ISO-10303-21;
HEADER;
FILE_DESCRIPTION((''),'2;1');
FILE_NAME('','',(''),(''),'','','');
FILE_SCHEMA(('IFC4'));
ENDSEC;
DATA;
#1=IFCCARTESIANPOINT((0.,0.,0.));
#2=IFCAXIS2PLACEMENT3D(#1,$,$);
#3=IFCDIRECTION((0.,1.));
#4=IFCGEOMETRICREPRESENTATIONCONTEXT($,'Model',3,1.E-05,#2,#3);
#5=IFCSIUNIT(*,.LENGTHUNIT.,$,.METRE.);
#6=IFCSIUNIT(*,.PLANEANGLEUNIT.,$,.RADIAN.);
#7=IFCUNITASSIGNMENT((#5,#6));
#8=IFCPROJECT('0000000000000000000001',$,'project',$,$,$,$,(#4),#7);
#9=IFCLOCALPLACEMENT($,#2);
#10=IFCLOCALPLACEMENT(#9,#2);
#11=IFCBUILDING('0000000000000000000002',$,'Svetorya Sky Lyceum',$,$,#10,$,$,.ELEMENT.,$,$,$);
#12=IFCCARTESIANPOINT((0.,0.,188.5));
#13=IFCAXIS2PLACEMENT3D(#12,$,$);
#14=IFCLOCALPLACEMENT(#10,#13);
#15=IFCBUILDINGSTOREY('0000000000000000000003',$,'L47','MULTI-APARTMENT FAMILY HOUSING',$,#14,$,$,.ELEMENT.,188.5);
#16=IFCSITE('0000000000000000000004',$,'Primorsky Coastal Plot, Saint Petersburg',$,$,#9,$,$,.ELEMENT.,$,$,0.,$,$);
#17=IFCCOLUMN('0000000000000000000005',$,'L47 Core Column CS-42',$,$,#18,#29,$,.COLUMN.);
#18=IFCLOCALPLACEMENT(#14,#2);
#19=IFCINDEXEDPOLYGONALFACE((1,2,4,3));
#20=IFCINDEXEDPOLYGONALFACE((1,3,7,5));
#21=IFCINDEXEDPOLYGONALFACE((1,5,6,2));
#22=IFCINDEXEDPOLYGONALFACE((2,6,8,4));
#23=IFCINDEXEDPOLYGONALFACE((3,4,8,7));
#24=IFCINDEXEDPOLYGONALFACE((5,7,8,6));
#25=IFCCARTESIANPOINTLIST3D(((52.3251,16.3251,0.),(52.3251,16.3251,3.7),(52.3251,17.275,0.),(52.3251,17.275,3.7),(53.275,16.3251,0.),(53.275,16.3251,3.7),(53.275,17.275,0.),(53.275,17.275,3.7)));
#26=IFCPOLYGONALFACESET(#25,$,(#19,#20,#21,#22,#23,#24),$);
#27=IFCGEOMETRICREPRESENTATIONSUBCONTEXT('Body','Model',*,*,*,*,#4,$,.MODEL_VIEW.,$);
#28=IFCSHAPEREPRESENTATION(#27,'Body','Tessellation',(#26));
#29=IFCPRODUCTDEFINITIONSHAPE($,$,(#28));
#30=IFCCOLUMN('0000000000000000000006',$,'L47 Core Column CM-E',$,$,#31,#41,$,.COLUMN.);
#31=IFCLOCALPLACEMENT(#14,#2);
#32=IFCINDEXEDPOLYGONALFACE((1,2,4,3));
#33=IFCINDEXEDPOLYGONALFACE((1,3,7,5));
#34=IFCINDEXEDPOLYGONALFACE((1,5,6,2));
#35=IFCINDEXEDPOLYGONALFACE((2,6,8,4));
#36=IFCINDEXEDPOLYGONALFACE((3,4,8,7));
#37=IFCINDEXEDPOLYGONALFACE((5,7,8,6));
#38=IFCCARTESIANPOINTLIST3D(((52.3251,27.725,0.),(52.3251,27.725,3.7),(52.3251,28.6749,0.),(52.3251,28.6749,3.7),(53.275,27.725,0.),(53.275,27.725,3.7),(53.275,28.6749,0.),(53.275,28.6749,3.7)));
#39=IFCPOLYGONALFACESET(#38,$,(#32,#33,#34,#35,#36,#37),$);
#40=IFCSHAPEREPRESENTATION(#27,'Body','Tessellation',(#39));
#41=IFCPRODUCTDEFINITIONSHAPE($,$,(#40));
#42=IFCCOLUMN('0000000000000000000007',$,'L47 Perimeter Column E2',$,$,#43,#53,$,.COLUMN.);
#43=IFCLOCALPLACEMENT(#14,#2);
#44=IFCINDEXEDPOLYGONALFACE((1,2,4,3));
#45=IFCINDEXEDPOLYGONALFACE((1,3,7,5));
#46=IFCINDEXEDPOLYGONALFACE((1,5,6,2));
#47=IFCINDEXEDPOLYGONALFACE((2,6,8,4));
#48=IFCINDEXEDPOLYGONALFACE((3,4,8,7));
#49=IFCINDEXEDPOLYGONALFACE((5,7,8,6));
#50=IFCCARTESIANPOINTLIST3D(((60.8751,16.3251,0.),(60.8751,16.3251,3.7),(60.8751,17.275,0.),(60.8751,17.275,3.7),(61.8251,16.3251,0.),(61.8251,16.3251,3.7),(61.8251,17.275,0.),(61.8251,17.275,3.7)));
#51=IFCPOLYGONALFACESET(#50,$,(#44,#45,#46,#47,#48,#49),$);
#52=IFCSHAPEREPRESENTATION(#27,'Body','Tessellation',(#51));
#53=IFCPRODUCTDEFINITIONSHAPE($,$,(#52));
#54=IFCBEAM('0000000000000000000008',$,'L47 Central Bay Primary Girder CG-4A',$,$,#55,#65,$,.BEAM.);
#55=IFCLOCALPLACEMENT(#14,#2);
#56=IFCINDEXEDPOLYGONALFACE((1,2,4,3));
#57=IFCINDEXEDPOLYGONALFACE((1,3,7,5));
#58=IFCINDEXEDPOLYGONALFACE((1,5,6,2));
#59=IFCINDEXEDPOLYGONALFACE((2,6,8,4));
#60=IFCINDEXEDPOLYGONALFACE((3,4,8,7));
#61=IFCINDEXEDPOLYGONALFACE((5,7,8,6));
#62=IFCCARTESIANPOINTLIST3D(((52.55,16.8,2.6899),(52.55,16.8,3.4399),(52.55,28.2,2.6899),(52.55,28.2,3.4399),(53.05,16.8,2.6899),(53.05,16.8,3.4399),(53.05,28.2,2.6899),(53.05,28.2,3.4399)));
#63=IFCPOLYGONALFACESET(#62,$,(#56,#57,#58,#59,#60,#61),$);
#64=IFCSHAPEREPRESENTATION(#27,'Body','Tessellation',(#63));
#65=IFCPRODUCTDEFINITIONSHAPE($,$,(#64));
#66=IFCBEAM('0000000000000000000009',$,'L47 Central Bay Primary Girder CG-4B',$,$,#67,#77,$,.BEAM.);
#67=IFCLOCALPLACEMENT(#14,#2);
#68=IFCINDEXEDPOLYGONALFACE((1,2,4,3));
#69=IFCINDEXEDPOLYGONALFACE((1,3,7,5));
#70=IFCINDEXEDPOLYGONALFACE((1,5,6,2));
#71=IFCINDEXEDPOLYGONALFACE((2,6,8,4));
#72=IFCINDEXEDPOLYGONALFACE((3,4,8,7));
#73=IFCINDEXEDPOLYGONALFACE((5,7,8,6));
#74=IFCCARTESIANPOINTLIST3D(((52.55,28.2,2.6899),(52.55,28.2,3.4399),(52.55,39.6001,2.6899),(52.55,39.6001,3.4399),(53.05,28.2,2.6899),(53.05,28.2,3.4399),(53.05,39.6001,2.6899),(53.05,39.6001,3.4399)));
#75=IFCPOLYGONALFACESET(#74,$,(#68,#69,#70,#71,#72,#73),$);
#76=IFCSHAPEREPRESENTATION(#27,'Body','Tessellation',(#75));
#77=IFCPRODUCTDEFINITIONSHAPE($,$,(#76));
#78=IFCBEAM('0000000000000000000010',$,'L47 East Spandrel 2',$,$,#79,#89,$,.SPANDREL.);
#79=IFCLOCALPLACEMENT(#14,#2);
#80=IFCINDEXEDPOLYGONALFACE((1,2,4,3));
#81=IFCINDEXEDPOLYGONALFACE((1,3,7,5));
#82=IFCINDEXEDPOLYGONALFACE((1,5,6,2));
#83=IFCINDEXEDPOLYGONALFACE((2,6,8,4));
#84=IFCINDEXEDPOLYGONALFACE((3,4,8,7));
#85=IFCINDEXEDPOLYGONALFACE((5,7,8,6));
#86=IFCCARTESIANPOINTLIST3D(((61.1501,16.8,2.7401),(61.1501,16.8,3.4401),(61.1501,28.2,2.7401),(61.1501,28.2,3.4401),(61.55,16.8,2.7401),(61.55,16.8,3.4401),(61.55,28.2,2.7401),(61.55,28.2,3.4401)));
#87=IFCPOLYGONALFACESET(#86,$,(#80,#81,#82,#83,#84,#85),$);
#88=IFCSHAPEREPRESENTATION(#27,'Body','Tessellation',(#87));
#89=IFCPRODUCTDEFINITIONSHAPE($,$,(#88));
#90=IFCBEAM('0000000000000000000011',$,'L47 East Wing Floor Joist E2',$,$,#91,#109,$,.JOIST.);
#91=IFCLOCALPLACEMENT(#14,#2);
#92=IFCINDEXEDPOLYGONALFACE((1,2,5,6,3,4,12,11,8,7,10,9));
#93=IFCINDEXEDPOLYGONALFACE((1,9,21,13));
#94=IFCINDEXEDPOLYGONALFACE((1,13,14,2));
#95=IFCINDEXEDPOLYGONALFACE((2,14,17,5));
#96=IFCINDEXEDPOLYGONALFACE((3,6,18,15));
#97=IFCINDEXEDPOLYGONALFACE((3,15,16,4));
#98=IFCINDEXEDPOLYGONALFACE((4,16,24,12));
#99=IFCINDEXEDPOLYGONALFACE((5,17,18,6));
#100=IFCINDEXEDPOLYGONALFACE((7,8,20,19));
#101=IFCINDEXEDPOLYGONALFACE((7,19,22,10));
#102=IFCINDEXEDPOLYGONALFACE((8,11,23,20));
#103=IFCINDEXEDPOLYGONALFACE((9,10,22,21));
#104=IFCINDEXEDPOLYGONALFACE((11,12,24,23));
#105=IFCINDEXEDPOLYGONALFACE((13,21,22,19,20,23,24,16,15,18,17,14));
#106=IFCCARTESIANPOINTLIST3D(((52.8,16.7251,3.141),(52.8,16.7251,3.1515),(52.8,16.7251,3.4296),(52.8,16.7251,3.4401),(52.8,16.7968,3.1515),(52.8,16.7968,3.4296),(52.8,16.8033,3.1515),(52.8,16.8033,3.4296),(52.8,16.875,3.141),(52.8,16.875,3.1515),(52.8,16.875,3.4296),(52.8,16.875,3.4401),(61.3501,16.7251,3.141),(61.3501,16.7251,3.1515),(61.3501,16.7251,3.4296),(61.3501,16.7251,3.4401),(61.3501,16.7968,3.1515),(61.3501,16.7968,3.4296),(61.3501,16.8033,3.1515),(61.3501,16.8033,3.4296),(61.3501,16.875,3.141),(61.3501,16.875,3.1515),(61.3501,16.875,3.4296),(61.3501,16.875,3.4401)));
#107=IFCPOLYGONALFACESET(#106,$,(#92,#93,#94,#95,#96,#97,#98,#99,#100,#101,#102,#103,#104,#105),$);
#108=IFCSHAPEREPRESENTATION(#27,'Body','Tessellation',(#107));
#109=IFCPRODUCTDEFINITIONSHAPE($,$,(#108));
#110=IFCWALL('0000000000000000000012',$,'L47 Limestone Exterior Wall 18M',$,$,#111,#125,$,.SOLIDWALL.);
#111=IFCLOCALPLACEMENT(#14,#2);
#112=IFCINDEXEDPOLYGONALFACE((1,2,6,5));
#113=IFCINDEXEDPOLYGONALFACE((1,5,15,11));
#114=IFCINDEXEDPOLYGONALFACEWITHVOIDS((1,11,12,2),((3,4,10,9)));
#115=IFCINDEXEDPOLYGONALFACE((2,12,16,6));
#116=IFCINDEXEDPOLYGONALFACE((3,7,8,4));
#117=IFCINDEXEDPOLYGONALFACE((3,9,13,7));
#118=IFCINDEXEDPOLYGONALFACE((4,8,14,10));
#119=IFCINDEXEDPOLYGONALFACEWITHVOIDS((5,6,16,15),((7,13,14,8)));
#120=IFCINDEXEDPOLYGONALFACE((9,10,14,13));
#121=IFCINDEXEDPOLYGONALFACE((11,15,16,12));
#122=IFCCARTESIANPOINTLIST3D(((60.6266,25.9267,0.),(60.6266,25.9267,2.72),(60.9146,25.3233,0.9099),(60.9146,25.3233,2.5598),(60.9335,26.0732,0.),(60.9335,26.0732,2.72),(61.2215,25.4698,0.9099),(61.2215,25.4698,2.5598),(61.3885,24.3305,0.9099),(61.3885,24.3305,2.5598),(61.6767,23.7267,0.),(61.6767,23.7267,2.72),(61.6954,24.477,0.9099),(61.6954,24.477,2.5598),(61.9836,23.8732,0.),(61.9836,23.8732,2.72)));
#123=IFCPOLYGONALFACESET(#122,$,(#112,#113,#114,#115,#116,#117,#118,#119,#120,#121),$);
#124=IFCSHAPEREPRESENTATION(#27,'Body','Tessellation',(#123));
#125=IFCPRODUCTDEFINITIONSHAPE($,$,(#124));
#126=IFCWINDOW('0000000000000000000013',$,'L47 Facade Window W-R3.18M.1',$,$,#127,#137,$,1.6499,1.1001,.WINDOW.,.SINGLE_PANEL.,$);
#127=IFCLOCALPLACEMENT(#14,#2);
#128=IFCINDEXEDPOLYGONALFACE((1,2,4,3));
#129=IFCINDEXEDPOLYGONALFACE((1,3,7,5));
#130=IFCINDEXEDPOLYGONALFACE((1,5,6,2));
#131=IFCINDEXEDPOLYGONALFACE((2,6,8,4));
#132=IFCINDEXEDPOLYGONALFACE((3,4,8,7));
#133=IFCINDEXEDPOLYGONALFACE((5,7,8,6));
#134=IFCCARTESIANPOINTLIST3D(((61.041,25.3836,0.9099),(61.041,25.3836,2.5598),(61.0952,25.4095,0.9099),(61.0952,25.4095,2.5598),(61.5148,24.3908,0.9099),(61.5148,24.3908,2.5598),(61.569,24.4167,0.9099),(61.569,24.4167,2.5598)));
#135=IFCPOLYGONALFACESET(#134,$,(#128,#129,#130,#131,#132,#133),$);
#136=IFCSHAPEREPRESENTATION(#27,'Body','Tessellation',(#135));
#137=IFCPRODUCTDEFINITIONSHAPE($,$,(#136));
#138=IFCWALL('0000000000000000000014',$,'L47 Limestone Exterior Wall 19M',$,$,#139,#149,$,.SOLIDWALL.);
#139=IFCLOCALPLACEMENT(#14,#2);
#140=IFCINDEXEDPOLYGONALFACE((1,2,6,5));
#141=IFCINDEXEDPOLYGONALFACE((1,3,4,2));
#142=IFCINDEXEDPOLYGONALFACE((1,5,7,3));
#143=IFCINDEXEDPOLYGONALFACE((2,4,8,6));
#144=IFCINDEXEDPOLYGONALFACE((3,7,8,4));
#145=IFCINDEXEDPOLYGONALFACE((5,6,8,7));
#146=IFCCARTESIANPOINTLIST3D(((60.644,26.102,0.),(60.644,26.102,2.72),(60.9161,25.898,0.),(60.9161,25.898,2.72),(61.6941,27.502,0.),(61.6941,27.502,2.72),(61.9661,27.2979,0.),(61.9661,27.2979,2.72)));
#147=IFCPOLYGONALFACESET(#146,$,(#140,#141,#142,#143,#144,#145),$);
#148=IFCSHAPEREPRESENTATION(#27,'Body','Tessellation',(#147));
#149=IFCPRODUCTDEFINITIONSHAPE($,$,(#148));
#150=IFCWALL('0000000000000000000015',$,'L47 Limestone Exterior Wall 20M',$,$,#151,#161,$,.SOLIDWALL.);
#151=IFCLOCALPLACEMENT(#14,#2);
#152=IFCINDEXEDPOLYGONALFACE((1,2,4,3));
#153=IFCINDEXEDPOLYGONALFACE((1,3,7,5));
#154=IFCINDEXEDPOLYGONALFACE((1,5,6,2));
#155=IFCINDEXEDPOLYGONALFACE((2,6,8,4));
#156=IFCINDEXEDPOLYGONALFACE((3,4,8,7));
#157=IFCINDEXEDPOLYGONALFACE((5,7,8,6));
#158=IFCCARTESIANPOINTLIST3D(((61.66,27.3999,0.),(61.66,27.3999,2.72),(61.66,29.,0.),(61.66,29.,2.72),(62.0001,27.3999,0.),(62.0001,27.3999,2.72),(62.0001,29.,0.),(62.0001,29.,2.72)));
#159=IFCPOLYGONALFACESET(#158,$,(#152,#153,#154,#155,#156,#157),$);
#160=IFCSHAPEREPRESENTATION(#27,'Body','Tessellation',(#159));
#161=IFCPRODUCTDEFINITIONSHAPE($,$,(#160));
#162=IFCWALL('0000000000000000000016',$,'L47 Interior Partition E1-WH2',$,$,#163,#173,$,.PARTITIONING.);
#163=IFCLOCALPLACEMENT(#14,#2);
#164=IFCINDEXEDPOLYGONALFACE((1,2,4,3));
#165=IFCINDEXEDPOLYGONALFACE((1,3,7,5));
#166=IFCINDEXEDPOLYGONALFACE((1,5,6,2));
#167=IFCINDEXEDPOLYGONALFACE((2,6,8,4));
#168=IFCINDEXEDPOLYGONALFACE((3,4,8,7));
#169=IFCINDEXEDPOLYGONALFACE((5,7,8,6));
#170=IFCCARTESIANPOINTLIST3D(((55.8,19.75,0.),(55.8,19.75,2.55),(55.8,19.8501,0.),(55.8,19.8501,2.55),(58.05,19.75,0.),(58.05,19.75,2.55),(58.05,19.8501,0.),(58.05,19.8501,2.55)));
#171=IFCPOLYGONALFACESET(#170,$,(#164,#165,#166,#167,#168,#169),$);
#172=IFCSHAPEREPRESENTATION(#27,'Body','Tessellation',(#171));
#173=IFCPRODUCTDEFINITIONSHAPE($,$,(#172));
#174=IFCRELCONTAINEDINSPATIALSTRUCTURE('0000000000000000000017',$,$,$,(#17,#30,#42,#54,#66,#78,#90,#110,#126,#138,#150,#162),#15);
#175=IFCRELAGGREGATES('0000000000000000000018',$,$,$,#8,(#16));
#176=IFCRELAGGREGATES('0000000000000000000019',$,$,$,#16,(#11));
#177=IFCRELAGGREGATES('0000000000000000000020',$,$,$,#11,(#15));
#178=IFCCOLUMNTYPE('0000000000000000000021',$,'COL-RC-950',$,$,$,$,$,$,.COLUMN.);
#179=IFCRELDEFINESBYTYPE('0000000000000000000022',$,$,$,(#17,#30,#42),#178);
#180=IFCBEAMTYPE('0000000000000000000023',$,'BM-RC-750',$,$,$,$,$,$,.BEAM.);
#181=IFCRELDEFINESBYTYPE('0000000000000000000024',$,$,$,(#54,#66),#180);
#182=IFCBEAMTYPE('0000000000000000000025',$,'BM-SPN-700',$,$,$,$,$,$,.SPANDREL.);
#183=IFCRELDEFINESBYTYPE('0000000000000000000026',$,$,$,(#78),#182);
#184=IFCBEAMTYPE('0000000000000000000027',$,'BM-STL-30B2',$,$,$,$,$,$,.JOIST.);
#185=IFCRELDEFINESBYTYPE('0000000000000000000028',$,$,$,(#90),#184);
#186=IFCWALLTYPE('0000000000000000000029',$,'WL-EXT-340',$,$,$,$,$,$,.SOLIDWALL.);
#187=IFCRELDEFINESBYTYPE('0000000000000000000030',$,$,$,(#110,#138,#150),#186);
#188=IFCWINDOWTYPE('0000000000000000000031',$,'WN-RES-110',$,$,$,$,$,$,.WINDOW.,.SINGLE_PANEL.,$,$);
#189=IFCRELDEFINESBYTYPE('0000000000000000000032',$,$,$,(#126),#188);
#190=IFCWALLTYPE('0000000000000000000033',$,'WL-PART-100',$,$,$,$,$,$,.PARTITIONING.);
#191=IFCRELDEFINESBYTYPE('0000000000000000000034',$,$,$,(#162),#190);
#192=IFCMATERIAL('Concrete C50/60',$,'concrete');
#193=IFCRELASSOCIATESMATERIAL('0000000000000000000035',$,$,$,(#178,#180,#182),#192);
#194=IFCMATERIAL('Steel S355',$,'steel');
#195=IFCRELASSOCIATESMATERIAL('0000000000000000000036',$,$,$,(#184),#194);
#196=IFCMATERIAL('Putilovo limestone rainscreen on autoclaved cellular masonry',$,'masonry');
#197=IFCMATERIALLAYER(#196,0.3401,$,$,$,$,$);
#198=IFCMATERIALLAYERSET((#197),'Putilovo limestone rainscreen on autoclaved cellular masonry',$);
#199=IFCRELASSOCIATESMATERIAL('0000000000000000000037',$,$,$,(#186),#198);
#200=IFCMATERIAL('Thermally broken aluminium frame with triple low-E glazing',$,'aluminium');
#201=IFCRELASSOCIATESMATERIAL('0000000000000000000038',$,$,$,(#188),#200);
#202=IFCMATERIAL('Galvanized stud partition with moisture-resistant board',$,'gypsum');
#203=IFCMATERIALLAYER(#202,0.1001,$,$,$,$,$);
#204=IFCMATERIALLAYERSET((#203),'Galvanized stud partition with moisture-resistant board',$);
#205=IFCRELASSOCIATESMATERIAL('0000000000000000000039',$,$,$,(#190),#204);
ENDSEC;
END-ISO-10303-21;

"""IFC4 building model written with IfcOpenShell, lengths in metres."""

from ifc_helpers import new_model, si_unit, direction, frame, frame_2d, origin, origin_2d, place, context, subcontext, project, spatial, rectangle, i_section, extrude, material, layer, layer_set, material_profile, profile_set, type_object, element, fill, save


model = new_model("IFC4")

# Units and contexts
model_context = context("Model", 3, precision=1e-05, world=origin(), true_north=direction((0.0, 1.0)))
body_context = subcontext(model_context, "Body", "Model", "MODEL_VIEW")
ifc_project = project(units=[si_unit("LENGTHUNIT", "METRE"), si_unit("PLANEANGLEUNIT", "RADIAN")], contexts=[model_context])

# Site, building, storey
site_placement = place(None, origin())
site = spatial("IfcSite", under=ifc_project, at=site_placement, Name="Primorsky Coastal Plot, Saint Petersburg", CompositionType="ELEMENT", RefElevation=0.0)
building_placement = place(site_placement, origin())
building = spatial("IfcBuilding", under=site, at=building_placement, Name="Svetorya Sky Lyceum", CompositionType="ELEMENT")
storey_placement = place(building_placement, frame((0.0, 0.0, 188.5)))
storey = spatial("IfcBuildingStorey", under=building, at=storey_placement, Name="L47", Description="MULTI-APARTMENT FAMILY HOUSING", CompositionType="ELEMENT", Elevation=188.5)

# Columns
ifc_material_1 = material(Name="Concrete C50/60", Category="concrete")
ifc_material_profile_1 = material_profile(ifc_material_1, rectangle(XDim=0.95, YDim=0.95, at=origin_2d()), Name="RC COL 950x950")
ifc_profile_set_1 = profile_set([ifc_material_profile_1], Name="Concrete C50/60")
column_type = type_object("IfcColumnType", Name="COL-RC-950", PredefinedType="COLUMN", material=ifc_profile_set_1)
for number, where, z_axis, x_axis, name in (
    (1, (52.8, 16.8, 0.0), (0.0, 0.0, 1.0), (1.0, 0.0, 0.0), "L47 Core Column CS-42"),
    (2, (52.8, 28.2, 0.0), (0.0, 0.0, 1.0), (1.0, 0.0, 0.0), "L47 Core Column CM-E"),
    (3, (61.3501, 16.8, 0.0), (0.0, 0.0, 1.0), (1.0, 0.0, 0.0), "L47 Perimeter Column E2"),
):
    element("IfcColumn", number, at=place(storey_placement, frame(where, z_axis=z_axis, x_axis=x_axis)), inside=storey, type_object=column_type, Name=name, PredefinedType="COLUMN", context=body_context, shape_type="SweptSolid", body=[
        extrude(rectangle(XDim=0.95, YDim=0.95, at=origin_2d()), origin(), (0.0, 0.0, 1.0), 3.7),
    ])

# Beams
ifc_material_profile_2 = material_profile(ifc_material_1, rectangle(XDim=0.5, YDim=0.75, at=origin_2d()), Name="RC BEAM 500x750")
ifc_profile_set_2 = profile_set([ifc_material_profile_2], Name="Concrete C50/60")
beam_type_1 = type_object("IfcBeamType", Name="BM-RC-750", PredefinedType="BEAM", material=ifc_profile_set_2)
beam_1_placement = place(storey_placement, frame((52.8, 16.8, 3.0649), z_axis=(0.0, 1.0, 0.0), x_axis=(-1.0, 0.0, 0.0)))
element("IfcBeam", 4, at=beam_1_placement, inside=storey, type_object=beam_type_1, Name="L47 Central Bay Primary Girder CG-4A", PredefinedType="BEAM", context=body_context, shape_type="SweptSolid", body=[
    extrude(rectangle(XDim=0.5, YDim=0.75, at=origin_2d()), origin(), (0.0, 0.0, 1.0), 11.3999),
])
beam_2_placement = place(storey_placement, frame((52.8, 28.2, 3.0649), z_axis=(0.0, 1.0, 0.0), x_axis=(-1.0, 0.0, 0.0)))
element("IfcBeam", 5, at=beam_2_placement, inside=storey, type_object=beam_type_1, Name="L47 Central Bay Primary Girder CG-4B", PredefinedType="BEAM", context=body_context, shape_type="SweptSolid", body=[
    extrude(rectangle(XDim=0.5, YDim=0.75, at=origin_2d()), origin(), (0.0, 0.0, 1.0), 11.4001),
])
ifc_material_profile_3 = material_profile(ifc_material_1, rectangle(XDim=0.3999, YDim=0.7, at=origin_2d()), Name="RC SPANDREL 400x700")
ifc_profile_set_3 = profile_set([ifc_material_profile_3], Name="Concrete C50/60")
beam_type_2 = type_object("IfcBeamType", Name="BM-SPN-700", PredefinedType="SPANDREL", material=ifc_profile_set_3)
beam_3_placement = place(storey_placement, frame((61.3501, 16.8, 3.0901), z_axis=(0.0, 1.0, 0.0), x_axis=(-1.0, 0.0, 0.0)))
element("IfcBeam", 6, at=beam_3_placement, inside=storey, type_object=beam_type_2, Name="L47 East Spandrel 2", PredefinedType="SPANDREL", context=body_context, shape_type="SweptSolid", body=[
    extrude(rectangle(XDim=0.3999, YDim=0.7, at=origin_2d()), origin(), (0.0, 0.0, 1.0), 11.3999),
])
ifc_material_2 = material(Name="Steel S355", Category="steel")
ifc_material_profile_4 = material_profile(ifc_material_2, i_section(OverallWidth=0.1499, OverallDepth=0.2991, WebThickness=0.0066, FlangeThickness=0.0105, at=origin_2d()), Name="GOST 30B2")
ifc_profile_set_4 = profile_set([ifc_material_profile_4], Name="Steel S355")
beam_type_3 = type_object("IfcBeamType", Name="BM-STL-30B2", PredefinedType="JOIST", material=ifc_profile_set_4)
beam_4_placement = place(storey_placement, frame((52.8, 16.8, 3.2905), z_axis=(1.0, 0.0, 0.0), x_axis=(0.0, 1.0, 0.0)))
element("IfcBeam", 7, at=beam_4_placement, inside=storey, type_object=beam_type_3, Name="L47 East Wing Floor Joist E2", PredefinedType="JOIST", context=body_context, shape_type="SweptSolid", body=[
    extrude(i_section(OverallWidth=0.1499, OverallDepth=0.2991, WebThickness=0.0066, FlangeThickness=0.0105, at=origin_2d()), origin(), (0.0, 0.0, 1.0), 8.55),
])

# Wall, opening, window
ifc_material_3 = material(Name="Putilovo limestone rainscreen on autoclaved cellular masonry", Category="masonry")
ifc_layer_1 = layer(ifc_material_3, 0.3401)
ifc_layer_set_1 = layer_set([ifc_layer_1], Name="Putilovo limestone rainscreen on autoclaved cellular masonry")
wall_type_1 = type_object("IfcWallType", Name="WL-EXT-340", PredefinedType="SOLIDWALL", material=ifc_layer_set_1)
wall_1_placement = place(storey_placement, frame((61.8301, 23.8, 0.0), z_axis=(0.0, 0.0, 1.0), x_axis=(-0.430754, 0.90247, 0.0)))
wall_1 = element("IfcWall", 8, at=wall_1_placement, inside=storey, type_object=wall_type_1, Name="L47 Limestone Exterior Wall 18M", PredefinedType="SOLIDWALL", context=body_context, shape_type="SweptSolid", body=[
    extrude(rectangle(XDim=2.4377, YDim=0.3401, at=frame_2d((1.2188, 0.0))), origin(), (0.0, 0.0, 1.0), 2.72),
])
opening_1_placement = place(wall_1_placement, frame((0.6689, 0.0, 0.9099)))
opening_1 = element("IfcOpeningElement", 9, at=opening_1_placement, cuts=wall_1, PredefinedType="OPENING", context=body_context, shape_type="SweptSolid", body=[
    extrude(rectangle(XDim=1.1001, YDim=1.6499, at=frame_2d((0.55, 0.825))), frame((0.0, 0.1799, 0.0), z_axis=(0.0, -1.0, 0.0), x_axis=(1.0, 0.0, 0.0)), (0.0, 0.0, 1.0), 0.3601),
])
ifc_material_4 = material(Name="Thermally broken aluminium frame with triple low-E glazing", Category="aluminium")
window_type = type_object("IfcWindowType", Name="WN-RES-110", PartitioningType="SINGLE_PANEL", PredefinedType="WINDOW", material=ifc_material_4)
window_placement = place(opening_1_placement, origin())
window = element("IfcWindow", 10, at=window_placement, inside=storey, type_object=window_type, Name="L47 Facade Window W-R3.18M.1", OverallHeight=1.6499, OverallWidth=1.1001, PartitioningType="SINGLE_PANEL", PredefinedType="WINDOW", context=body_context, shape_type="SweptSolid", body=[
    extrude(rectangle(XDim=1.1001, YDim=1.6499, at=frame_2d((0.55, 0.825))), frame((0.0, 0.03, 0.0), z_axis=(0.0, -1.0, 0.0), x_axis=(1.0, 0.0, 0.0)), (0.0, 0.0, 1.0), 0.0601),
])
fill(opening_1, window)

# Walls
wall_2_placement = place(storey_placement, frame((60.78, 26.0, 0.0), z_axis=(0.0, 0.0, 1.0), x_axis=(0.600045, 0.799967, 0.0)))
element("IfcWall", 11, at=wall_2_placement, inside=storey, type_object=wall_type_1, Name="L47 Limestone Exterior Wall 19M", PredefinedType="SOLIDWALL", context=body_context, shape_type="SweptSolid", body=[
    extrude(rectangle(XDim=1.75, YDim=0.3401, at=frame_2d((0.875, 0.0))), origin(), (0.0, 0.0, 1.0), 2.72),
])
wall_3_placement = place(storey_placement, frame((61.8301, 27.3999, 0.0), z_axis=(0.0, 0.0, 1.0), x_axis=(0.0, 1.0, 0.0)))
element("IfcWall", 12, at=wall_3_placement, inside=storey, type_object=wall_type_1, Name="L47 Limestone Exterior Wall 20M", PredefinedType="SOLIDWALL", context=body_context, shape_type="SweptSolid", body=[
    extrude(rectangle(XDim=1.6001, YDim=0.3401, at=frame_2d((0.8, 0.0))), origin(), (0.0, 0.0, 1.0), 2.72),
])
ifc_material_5 = material(Name="Galvanized stud partition with moisture-resistant board", Category="gypsum")
ifc_layer_2 = layer(ifc_material_5, 0.1001)
ifc_layer_set_2 = layer_set([ifc_layer_2], Name="Galvanized stud partition with moisture-resistant board")
wall_type_2 = type_object("IfcWallType", Name="WL-PART-100", PredefinedType="PARTITIONING", material=ifc_layer_set_2)
wall_4_placement = place(storey_placement, frame((55.8, 19.8, 0.0), z_axis=(0.0, 0.0, 1.0), x_axis=(1.0, 0.0, 0.0)))
element("IfcWall", 13, at=wall_4_placement, inside=storey, type_object=wall_type_2, Name="L47 Interior Partition E1-WH2", PredefinedType="PARTITIONING", context=body_context, shape_type="SweptSolid", body=[
    extrude(rectangle(XDim=2.25, YDim=0.1001, at=frame_2d((1.125, 0.0))), origin(), (0.0, 0.0, 1.0), 2.55),
])

save(model, "model.ifc")
